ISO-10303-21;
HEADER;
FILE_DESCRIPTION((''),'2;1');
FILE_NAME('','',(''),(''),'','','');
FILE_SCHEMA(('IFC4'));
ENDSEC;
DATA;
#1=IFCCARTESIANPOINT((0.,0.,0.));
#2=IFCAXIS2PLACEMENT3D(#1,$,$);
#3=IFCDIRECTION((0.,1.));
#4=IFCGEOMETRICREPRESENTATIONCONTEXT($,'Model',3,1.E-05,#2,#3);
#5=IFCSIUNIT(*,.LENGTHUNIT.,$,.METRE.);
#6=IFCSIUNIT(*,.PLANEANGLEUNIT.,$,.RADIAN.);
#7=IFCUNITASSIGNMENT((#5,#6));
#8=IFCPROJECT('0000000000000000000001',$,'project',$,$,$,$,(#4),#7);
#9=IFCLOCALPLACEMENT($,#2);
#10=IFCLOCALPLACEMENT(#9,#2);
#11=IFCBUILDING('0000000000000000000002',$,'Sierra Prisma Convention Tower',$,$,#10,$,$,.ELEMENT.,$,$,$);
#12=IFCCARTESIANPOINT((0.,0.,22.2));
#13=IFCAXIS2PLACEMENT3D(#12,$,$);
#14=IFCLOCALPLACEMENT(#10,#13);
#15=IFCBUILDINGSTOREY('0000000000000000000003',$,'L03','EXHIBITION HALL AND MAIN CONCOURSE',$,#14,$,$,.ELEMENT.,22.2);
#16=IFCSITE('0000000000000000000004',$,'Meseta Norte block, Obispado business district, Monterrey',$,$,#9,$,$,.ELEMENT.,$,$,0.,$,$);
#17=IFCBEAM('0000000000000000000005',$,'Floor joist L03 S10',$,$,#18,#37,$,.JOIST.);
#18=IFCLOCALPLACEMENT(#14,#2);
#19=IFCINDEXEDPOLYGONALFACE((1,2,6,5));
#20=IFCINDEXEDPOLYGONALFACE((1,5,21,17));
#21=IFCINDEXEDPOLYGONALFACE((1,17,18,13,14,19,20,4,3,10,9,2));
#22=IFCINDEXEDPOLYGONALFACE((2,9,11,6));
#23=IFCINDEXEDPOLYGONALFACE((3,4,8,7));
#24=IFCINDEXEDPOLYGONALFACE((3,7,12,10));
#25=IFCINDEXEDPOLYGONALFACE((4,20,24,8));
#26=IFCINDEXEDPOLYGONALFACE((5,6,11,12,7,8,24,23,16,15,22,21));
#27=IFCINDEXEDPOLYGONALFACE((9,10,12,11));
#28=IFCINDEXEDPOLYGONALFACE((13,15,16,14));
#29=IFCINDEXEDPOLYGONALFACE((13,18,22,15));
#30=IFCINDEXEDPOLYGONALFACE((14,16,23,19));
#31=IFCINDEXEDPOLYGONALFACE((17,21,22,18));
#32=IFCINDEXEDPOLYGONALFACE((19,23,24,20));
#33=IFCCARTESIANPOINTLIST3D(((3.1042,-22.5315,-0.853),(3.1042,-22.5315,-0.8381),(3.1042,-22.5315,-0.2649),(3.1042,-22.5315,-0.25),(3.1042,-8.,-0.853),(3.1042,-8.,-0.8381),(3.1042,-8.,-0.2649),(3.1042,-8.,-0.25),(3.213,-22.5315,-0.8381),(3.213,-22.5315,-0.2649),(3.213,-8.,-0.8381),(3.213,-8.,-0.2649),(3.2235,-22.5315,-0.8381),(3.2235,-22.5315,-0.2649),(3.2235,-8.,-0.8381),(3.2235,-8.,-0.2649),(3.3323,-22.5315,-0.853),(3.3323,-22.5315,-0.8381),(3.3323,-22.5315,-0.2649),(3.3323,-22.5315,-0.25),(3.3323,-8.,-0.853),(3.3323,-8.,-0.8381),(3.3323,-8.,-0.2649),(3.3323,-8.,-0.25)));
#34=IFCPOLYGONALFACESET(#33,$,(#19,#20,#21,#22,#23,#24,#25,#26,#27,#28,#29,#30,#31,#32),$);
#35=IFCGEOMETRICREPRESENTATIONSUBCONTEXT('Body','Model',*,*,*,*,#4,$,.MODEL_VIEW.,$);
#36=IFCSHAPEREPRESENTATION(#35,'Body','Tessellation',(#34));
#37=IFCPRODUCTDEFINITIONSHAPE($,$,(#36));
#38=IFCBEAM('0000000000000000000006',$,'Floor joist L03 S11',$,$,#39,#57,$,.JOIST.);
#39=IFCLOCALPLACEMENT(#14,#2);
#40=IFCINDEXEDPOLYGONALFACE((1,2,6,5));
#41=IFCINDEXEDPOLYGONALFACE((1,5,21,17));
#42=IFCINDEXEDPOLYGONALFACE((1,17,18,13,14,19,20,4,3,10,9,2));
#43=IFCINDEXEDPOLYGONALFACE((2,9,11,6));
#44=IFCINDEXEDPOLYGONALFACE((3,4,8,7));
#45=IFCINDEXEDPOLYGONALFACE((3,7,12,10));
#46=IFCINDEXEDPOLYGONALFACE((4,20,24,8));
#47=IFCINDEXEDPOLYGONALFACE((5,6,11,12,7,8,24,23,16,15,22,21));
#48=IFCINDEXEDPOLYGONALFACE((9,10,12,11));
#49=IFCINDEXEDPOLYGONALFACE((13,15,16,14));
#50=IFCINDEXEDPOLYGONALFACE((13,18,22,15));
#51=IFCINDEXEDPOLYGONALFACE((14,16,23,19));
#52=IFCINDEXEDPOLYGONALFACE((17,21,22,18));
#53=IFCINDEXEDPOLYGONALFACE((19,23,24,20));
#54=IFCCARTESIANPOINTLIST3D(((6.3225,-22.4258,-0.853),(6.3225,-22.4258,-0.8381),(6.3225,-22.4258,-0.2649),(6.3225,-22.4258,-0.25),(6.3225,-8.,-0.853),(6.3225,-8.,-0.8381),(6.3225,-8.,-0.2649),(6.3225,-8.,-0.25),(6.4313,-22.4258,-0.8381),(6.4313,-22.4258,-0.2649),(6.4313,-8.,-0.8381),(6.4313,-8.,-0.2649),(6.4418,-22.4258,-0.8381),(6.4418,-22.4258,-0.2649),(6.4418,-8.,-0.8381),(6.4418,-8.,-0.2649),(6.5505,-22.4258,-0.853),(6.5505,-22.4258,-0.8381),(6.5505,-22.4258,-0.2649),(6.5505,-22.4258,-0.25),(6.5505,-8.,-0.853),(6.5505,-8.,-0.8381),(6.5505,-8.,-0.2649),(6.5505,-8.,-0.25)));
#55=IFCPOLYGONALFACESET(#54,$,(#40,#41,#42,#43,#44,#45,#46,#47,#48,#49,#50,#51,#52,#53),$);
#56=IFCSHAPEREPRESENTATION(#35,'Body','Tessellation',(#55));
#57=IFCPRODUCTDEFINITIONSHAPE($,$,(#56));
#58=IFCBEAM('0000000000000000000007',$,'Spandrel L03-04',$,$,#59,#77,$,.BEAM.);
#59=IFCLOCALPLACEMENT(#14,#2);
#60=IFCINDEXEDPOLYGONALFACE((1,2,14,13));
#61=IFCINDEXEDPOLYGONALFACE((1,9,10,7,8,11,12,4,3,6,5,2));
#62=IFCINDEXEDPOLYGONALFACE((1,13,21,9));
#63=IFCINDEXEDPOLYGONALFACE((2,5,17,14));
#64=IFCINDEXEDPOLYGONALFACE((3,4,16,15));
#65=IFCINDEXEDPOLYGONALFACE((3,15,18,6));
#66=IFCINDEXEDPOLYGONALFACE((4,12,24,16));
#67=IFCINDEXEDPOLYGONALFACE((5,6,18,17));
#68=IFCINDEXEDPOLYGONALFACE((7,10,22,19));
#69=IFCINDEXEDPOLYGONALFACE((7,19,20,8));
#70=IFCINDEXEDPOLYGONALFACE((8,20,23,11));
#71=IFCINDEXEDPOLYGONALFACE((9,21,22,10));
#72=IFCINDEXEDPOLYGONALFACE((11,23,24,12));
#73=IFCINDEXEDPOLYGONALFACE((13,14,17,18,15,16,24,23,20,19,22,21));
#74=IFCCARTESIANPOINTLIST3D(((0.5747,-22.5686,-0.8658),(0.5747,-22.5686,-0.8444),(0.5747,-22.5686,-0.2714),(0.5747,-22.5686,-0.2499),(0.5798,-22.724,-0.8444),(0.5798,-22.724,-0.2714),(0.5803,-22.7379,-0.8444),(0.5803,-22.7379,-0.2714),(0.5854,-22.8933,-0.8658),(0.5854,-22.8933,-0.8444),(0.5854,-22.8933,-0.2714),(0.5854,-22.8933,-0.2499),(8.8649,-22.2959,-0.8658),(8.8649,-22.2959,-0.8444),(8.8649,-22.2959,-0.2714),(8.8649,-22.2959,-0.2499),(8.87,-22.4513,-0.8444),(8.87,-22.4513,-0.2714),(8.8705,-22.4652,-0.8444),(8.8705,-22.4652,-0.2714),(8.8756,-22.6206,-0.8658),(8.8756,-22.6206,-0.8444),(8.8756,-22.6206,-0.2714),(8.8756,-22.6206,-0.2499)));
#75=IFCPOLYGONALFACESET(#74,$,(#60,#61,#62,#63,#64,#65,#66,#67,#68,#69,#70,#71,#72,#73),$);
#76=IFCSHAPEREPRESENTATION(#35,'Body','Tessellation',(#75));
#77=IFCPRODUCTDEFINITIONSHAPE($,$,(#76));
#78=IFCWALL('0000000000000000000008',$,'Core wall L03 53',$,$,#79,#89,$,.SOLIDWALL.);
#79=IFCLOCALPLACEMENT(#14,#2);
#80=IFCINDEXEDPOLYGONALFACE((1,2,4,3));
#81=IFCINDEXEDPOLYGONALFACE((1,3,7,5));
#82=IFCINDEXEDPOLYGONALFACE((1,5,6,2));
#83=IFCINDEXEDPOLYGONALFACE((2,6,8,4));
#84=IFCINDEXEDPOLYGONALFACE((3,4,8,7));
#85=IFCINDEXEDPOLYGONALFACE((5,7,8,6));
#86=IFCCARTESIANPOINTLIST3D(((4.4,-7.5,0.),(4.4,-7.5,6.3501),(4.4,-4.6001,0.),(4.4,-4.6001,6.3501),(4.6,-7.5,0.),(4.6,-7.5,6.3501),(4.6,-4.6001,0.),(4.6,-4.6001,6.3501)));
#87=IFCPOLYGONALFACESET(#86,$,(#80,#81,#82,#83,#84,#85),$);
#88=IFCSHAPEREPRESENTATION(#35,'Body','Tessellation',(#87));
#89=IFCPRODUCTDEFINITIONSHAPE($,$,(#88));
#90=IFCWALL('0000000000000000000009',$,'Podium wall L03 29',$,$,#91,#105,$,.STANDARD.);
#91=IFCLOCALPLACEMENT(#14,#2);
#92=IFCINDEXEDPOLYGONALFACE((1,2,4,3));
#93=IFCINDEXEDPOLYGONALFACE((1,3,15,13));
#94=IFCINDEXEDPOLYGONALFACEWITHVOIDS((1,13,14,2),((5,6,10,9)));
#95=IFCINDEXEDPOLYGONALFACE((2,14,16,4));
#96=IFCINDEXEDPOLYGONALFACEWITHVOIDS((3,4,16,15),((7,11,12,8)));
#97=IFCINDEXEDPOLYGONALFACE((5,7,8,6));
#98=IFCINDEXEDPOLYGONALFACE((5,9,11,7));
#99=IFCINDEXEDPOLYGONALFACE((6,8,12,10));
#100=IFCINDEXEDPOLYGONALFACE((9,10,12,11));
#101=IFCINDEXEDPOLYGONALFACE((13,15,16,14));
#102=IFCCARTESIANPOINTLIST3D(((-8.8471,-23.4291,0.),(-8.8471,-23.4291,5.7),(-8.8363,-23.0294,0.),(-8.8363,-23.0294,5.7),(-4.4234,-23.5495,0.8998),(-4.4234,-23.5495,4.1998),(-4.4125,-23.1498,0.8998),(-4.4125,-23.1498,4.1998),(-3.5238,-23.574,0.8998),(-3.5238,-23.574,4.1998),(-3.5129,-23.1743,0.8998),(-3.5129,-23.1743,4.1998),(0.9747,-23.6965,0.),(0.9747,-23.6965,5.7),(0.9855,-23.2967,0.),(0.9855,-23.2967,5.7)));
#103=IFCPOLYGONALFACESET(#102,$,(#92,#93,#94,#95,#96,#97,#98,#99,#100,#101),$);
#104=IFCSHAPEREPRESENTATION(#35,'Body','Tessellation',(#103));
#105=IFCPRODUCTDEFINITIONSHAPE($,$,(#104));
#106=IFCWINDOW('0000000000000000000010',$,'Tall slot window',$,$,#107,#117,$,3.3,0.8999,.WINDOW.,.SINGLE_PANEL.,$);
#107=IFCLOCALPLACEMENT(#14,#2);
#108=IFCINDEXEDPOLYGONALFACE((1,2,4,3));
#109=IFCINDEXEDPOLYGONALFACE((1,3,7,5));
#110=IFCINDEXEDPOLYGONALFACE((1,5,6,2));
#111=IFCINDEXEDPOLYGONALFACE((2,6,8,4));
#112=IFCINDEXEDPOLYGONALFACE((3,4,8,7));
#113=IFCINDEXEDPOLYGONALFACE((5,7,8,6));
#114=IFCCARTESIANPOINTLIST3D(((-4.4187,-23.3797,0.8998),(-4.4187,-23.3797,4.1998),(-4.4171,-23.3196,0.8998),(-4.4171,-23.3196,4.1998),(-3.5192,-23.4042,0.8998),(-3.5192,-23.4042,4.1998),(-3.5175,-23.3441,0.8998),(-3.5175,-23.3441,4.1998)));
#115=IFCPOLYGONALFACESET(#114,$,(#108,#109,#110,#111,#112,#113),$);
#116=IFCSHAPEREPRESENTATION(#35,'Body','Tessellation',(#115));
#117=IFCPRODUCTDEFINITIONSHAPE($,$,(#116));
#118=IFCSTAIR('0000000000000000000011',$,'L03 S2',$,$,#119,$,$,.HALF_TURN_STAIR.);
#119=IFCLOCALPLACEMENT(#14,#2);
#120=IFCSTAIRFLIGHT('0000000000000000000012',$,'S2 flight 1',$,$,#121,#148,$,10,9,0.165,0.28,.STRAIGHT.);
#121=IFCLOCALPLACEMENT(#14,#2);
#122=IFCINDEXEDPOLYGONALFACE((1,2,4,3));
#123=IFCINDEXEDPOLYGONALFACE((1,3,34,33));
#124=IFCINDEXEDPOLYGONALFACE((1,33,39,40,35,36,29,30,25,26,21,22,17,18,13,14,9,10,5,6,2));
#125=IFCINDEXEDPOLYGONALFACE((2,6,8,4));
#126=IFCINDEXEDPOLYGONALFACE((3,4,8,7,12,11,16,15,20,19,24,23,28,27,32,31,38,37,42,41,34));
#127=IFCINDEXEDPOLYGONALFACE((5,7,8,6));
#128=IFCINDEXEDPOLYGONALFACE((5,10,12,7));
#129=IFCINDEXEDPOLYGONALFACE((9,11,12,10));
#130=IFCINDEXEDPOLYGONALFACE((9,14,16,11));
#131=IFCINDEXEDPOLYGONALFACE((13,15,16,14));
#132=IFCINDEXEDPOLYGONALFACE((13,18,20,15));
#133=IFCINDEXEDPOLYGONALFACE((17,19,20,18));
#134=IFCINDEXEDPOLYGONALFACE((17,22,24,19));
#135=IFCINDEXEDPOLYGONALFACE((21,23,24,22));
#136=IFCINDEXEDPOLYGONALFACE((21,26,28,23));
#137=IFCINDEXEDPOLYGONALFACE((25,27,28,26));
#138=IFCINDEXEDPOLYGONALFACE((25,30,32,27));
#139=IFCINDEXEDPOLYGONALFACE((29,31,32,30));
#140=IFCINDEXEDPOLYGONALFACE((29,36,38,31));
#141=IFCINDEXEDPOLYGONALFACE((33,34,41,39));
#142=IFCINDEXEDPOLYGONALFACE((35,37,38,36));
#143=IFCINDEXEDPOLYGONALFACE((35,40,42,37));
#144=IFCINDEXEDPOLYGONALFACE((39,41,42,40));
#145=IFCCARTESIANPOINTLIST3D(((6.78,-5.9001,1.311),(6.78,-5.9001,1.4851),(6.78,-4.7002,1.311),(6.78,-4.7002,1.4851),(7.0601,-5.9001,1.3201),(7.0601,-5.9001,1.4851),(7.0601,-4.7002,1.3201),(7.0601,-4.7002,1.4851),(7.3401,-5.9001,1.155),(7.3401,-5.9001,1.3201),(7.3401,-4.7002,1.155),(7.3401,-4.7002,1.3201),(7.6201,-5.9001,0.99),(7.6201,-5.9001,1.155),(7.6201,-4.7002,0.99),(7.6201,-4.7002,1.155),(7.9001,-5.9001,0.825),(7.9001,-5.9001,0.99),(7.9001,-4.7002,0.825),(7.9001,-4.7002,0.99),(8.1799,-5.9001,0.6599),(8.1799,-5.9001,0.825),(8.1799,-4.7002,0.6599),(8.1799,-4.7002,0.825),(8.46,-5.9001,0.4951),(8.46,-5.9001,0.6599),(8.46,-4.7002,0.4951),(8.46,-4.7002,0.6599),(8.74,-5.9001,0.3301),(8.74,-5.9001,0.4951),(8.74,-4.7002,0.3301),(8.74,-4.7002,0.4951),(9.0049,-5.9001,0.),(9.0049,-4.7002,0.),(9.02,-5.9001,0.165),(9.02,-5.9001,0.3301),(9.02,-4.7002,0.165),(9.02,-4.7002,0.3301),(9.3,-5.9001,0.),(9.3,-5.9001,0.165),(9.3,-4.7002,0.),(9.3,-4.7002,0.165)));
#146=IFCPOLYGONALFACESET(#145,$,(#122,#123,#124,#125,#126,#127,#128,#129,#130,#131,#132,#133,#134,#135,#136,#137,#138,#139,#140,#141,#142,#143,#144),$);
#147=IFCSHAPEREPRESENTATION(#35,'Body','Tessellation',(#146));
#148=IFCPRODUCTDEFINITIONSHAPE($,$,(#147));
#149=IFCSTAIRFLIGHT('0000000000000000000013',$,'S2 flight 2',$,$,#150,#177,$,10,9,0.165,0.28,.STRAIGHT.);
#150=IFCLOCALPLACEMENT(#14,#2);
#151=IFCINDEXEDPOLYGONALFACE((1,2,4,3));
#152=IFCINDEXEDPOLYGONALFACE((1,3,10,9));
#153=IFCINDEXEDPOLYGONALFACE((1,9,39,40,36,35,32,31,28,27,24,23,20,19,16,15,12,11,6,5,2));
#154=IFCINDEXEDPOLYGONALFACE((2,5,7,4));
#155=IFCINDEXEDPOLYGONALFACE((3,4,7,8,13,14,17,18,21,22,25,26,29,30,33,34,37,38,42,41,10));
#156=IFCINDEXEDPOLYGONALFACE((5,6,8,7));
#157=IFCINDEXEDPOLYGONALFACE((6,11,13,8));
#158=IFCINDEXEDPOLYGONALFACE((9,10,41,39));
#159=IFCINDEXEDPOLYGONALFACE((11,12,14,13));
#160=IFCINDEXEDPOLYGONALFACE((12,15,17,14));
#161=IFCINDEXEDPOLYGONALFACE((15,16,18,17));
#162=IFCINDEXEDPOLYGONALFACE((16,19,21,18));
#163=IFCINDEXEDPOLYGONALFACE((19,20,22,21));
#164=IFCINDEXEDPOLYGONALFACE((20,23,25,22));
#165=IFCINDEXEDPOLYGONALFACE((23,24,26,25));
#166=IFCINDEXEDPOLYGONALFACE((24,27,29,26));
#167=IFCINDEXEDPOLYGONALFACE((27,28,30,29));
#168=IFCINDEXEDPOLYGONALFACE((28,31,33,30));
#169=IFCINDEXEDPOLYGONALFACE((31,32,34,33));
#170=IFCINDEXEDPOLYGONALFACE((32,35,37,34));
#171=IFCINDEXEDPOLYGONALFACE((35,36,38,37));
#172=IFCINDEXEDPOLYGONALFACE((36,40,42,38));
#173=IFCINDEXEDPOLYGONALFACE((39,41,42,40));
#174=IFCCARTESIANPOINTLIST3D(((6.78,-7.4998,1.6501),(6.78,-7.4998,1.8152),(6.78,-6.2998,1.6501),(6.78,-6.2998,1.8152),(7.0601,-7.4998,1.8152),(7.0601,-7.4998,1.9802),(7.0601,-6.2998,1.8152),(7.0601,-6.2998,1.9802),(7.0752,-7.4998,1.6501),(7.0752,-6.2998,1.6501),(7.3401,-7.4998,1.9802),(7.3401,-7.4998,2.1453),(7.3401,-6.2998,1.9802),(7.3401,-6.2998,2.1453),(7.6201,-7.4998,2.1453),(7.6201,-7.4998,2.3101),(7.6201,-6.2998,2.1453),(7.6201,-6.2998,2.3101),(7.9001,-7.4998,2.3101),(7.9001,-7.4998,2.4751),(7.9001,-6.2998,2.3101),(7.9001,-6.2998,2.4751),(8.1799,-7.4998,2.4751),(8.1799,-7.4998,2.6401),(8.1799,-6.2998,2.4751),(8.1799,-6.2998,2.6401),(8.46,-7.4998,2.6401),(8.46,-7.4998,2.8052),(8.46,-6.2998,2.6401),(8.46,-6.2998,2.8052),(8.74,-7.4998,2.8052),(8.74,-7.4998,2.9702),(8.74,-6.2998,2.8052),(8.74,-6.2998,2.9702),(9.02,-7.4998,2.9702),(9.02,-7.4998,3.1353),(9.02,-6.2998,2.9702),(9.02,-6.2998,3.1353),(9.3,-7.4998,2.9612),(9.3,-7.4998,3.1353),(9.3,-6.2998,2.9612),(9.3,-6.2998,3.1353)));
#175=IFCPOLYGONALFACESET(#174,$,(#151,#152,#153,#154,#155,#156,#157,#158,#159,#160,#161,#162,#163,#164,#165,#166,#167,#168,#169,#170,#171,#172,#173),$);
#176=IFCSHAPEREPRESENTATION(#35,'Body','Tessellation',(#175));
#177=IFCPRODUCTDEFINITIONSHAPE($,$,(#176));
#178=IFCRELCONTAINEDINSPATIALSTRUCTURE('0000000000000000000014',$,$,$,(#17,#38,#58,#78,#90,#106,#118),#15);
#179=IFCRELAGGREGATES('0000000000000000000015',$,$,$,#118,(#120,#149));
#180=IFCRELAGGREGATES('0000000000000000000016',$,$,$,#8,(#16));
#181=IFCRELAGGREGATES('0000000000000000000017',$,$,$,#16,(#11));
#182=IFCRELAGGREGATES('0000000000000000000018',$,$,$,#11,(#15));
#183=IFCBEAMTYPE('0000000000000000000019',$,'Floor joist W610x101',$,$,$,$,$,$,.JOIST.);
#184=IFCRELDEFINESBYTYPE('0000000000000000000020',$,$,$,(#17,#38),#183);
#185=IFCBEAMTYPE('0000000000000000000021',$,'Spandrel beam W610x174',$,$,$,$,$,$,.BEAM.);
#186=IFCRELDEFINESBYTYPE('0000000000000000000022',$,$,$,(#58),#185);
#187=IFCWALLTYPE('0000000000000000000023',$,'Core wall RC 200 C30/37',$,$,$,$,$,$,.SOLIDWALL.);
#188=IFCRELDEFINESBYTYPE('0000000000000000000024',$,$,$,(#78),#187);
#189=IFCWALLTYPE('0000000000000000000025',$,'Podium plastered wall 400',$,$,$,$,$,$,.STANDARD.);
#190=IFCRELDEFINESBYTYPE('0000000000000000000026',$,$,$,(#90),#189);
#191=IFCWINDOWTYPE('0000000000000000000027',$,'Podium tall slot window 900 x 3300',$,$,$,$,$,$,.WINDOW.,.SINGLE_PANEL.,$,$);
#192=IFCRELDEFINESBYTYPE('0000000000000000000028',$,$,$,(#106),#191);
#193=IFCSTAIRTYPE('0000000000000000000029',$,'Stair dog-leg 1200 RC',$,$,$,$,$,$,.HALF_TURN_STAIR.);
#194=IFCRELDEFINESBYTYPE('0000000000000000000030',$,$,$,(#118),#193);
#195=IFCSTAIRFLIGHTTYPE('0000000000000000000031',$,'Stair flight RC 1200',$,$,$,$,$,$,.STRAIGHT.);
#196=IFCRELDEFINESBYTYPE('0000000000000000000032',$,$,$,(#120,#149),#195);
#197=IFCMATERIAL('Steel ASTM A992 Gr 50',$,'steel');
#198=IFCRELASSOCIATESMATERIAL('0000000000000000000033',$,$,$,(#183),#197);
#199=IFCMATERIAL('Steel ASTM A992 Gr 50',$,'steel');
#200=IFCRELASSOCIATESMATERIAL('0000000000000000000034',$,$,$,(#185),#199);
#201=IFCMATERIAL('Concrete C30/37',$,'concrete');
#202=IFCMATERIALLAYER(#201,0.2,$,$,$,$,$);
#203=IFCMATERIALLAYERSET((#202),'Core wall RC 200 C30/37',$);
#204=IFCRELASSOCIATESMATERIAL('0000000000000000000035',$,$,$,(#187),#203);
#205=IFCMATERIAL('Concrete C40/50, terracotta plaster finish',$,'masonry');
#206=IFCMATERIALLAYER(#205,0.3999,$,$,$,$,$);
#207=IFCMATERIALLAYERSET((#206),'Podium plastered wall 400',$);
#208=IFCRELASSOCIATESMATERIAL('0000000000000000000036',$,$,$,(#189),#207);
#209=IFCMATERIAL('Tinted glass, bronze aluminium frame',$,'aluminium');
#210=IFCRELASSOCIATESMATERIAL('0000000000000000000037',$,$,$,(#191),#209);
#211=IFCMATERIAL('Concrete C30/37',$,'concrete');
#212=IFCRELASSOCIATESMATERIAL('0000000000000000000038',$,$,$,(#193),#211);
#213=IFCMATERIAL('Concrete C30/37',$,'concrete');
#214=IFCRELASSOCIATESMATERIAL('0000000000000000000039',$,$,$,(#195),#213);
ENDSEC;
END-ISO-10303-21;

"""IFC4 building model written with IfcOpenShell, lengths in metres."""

from ifc_helpers import new_model, si_unit, direction, frame, frame_2d, origin, origin_2d, place, context, subcontext, project, spatial, polyline, rectangle, i_section, outline, extrude, material, layer, layer_set, material_profile, profile_set, type_object, element, fill, aggregate, save


model = new_model("IFC4")

# Units and contexts
model_context = context("Model", 3, precision=1e-05, world=origin(), true_north=direction((0.0, 1.0)))
body_context = subcontext(model_context, "Body", "Model", "MODEL_VIEW")
ifc_project = project(units=[si_unit("LENGTHUNIT", "METRE"), si_unit("PLANEANGLEUNIT", "RADIAN")], contexts=[model_context])

# Site, building, storey
site_placement = place(None, origin())
site = spatial("IfcSite", under=ifc_project, at=site_placement, Name="Meseta Norte block, Obispado business district, Monterrey", CompositionType="ELEMENT", RefElevation=0.0)
building_placement = place(site_placement, origin())
building = spatial("IfcBuilding", under=site, at=building_placement, Name="Sierra Prisma Convention Tower", CompositionType="ELEMENT")
storey_placement = place(building_placement, frame((0.0, 0.0, 22.2)))
storey = spatial("IfcBuildingStorey", under=building, at=storey_placement, Name="L03", Description="EXHIBITION HALL AND MAIN CONCOURSE", CompositionType="ELEMENT", Elevation=22.2)

# Beams
ifc_material_1 = material(Name="Steel ASTM A992 Gr 50", Category="steel")
ifc_material_profile_1 = material_profile(ifc_material_1, i_section(OverallWidth=0.228, OverallDepth=0.603, WebThickness=0.0105, FlangeThickness=0.0149, at=origin_2d()), Name="W610x101")
ifc_profile_set_1 = profile_set([ifc_material_profile_1], Name="Steel ASTM A992 Gr 50")
beam_type_1 = type_object("IfcBeamType", Name="Floor joist W610x101", PredefinedType="JOIST", material=ifc_profile_set_1)
beam_1_placement = place(storey_placement, frame((3.2183, -22.5315, -0.5515), z_axis=(0.0, 1.0, 0.0), x_axis=(-1.0, 0.0, 0.0)))
element("IfcBeam", 1, at=beam_1_placement, inside=storey, type_object=beam_type_1, Name="Floor joist L03 S10", PredefinedType="JOIST", context=body_context, shape_type="SweptSolid", body=[
    extrude(i_section(OverallWidth=0.228, OverallDepth=0.603, WebThickness=0.0105, FlangeThickness=0.0149, at=origin_2d()), origin(), (0.0, 0.0, 1.0), 14.5315),
])
beam_2_placement = place(storey_placement, frame((6.4365, -22.4258, -0.5515), z_axis=(0.0, 1.0, 0.0), x_axis=(-1.0, 0.0, 0.0)))
element("IfcBeam", 2, at=beam_2_placement, inside=storey, type_object=beam_type_1, Name="Floor joist L03 S11", PredefinedType="JOIST", context=body_context, shape_type="SweptSolid", body=[
    extrude(i_section(OverallWidth=0.228, OverallDepth=0.603, WebThickness=0.0105, FlangeThickness=0.0149, at=origin_2d()), origin(), (0.0, 0.0, 1.0), 14.4258),
])
ifc_material_2 = material(Name="Steel ASTM A992 Gr 50", Category="steel")
ifc_material_profile_2 = material_profile(ifc_material_2, i_section(OverallWidth=0.325, OverallDepth=0.616, WebThickness=0.0139, FlangeThickness=0.0215, at=origin_2d()), Name="W610x174")
ifc_profile_set_2 = profile_set([ifc_material_profile_2], Name="Steel ASTM A992 Gr 50")
beam_type_2 = type_object("IfcBeamType", Name="Spandrel beam W610x174", PredefinedType="BEAM", material=ifc_profile_set_2)
beam_3_placement = place(storey_placement, frame((0.5801, -22.731, -0.5579), z_axis=(0.999459, 0.032877, 0.0), x_axis=(-0.032877, 0.999459, 0.0)))
element("IfcBeam", 3, at=beam_3_placement, inside=storey, type_object=beam_type_2, Name="Spandrel L03-04", PredefinedType="BEAM", context=body_context, shape_type="SweptSolid", body=[
    extrude(i_section(OverallWidth=0.325, OverallDepth=0.616, WebThickness=0.0139, FlangeThickness=0.0215, at=origin_2d()), origin(), (0.0, 0.0, 1.0), 8.2947),
])

# Wall
ifc_material_3 = material(Name="Concrete C30/37", Category="concrete")
ifc_layer_1 = layer(ifc_material_3, 0.2)
ifc_layer_set_1 = layer_set([ifc_layer_1], Name="Core wall RC 200 C30/37")
wall_type_1 = type_object("IfcWallType", Name="Core wall RC 200 C30/37", PredefinedType="SOLIDWALL", material=ifc_layer_set_1)
wall_1_placement = place(storey_placement, frame((4.5, -7.5, 0.0), z_axis=(0.0, 0.0, 1.0), x_axis=(0.0, 1.0, 0.0)))
element("IfcWall", 4, at=wall_1_placement, inside=storey, type_object=wall_type_1, Name="Core wall L03 53", PredefinedType="SOLIDWALL", context=body_context, shape_type="SweptSolid", body=[
    extrude(rectangle(XDim=2.8999, YDim=0.2, at=frame_2d((1.45, 0.0))), origin(), (0.0, 0.0, 1.0), 6.3501),
])

# Wall, opening, window
ifc_material_4 = material(Name="Concrete C40/50, terracotta plaster finish", Category="masonry")
ifc_layer_2 = layer(ifc_material_4, 0.3999)
ifc_layer_set_2 = layer_set([ifc_layer_2], Name="Podium plastered wall 400")
wall_type_2 = type_object("IfcWallType", Name="Podium plastered wall 400", PredefinedType="STANDARD", material=ifc_layer_set_2)
wall_2_placement = place(storey_placement, frame((0.98, -23.4966, 0.0), z_axis=(0.0, 0.0, 1.0), x_axis=(-0.99963, 0.027208, 0.0)))
wall_2 = element("IfcWall", 5, at=wall_2_placement, inside=storey, type_object=wall_type_2, Name="Podium wall L03 29", PredefinedType="STANDARD", context=body_context, shape_type="SweptSolid", body=[
    extrude(rectangle(XDim=9.8254, YDim=0.3999, at=frame_2d((4.9126, 0.0))), origin(), (0.0, 0.0, 1.0), 5.7),
])
opening_placement = place(wall_2_placement, frame((4.5, 0.0, 0.8999)))
opening = element("IfcOpeningElement", 6, at=opening_placement, cuts=wall_2, PredefinedType="OPENING", context=body_context, shape_type="SweptSolid", body=[
    extrude(rectangle(XDim=0.8999, YDim=3.3, at=frame_2d((0.45, 1.6499))), frame((0.0, 0.2, 0.0), z_axis=(0.0, -1.0, 0.0), x_axis=(1.0, 0.0, 0.0)), (0.0, 0.0, 1.0), 0.3999),
])
ifc_material_5 = material(Name="Tinted glass, bronze aluminium frame", Category="aluminium")
window_type = type_object("IfcWindowType", Name="Podium tall slot window 900 x 3300", PartitioningType="SINGLE_PANEL", PredefinedType="WINDOW", material=ifc_material_5)
window_placement = place(opening_placement, origin())
window = element("IfcWindow", 7, at=window_placement, inside=storey, type_object=window_type, Name="Tall slot window", OverallHeight=3.3, OverallWidth=0.8999, PartitioningType="SINGLE_PANEL", PredefinedType="WINDOW", context=body_context, shape_type="SweptSolid", body=[
    extrude(rectangle(XDim=0.8999, YDim=3.3, at=frame_2d((0.45, 1.6499))), frame((0.0, 0.03, 0.0), z_axis=(0.0, -1.0, 0.0), x_axis=(1.0, 0.0, 0.0)), (0.0, 0.0, 1.0), 0.0601),
])
fill(opening, window)

# Stair, stair flights
ifc_material_6 = material(Name="Concrete C30/37", Category="concrete")
stair_type = type_object("IfcStairType", Name="Stair dog-leg 1200 RC", PredefinedType="HALF_TURN_STAIR", material=ifc_material_6)
stair_placement = place(storey_placement, origin())
stair = element("IfcStair", 8, at=stair_placement, inside=storey, type_object=stair_type, Name="L03 S2", PredefinedType="HALF_TURN_STAIR")
ifc_material_7 = material(Name="Concrete C30/37", Category="concrete")
stair_flight_type = type_object("IfcStairFlightType", Name="Stair flight RC 1200", PredefinedType="STRAIGHT", material=ifc_material_7)
stair_flight_1_placement = place(storey_placement, frame((9.3, -5.3, 0.0), z_axis=(0.0, 0.0, 1.0), x_axis=(-1.0, 0.0, 0.0)))
stair_flight_1 = element("IfcStairFlight", 9, at=stair_flight_1_placement, type_object=stair_flight_type, Name="S2 flight 1", NumberOfRisers=10, NumberOfTreads=9, PredefinedType="STRAIGHT", RiserHeight=0.165, TreadLength=0.28, context=body_context, shape_type="SweptSolid", body=[
    extrude(outline(polyline([(0.0, 0.0), (0.0, 0.165), (0.28, 0.165), (0.28, 0.3301), (0.5601, 0.3301), (0.5601, 0.4951), (0.8401, 0.4951), (0.8401, 0.6599), (1.1201, 0.6599), (1.1201, 0.825), (1.3999, 0.825), (1.3999, 0.99), (1.6799, 0.99), (1.6799, 1.155), (1.96, 1.155), (1.96, 1.3201), (2.24, 1.3201), (2.24, 1.4851), (2.52, 1.4851), (2.52, 1.6499), (2.52, 1.311), (0.2952, 0.0), (0.0, 0.0)])), frame((0.0, 0.6001, 0.0), z_axis=(0.0, -1.0, 0.0), x_axis=(1.0, 0.0, 0.0)), (0.0, 0.0, 1.0), 1.2),
])
stair_flight_2_placement = place(storey_placement, frame((6.78, -6.8999, 1.6501), z_axis=(0.0, 0.0, 1.0), x_axis=(1.0, 0.0, 0.0)))
stair_flight_2 = element("IfcStairFlight", 10, at=stair_flight_2_placement, type_object=stair_flight_type, Name="S2 flight 2", NumberOfRisers=10, NumberOfTreads=9, PredefinedType="STRAIGHT", RiserHeight=0.165, TreadLength=0.28, context=body_context, shape_type="SweptSolid", body=[
    extrude(outline(polyline([(0.0, 0.0), (0.0, 0.165), (0.28, 0.165), (0.28, 0.3301), (0.5601, 0.3301), (0.5601, 0.4951), (0.8401, 0.4951), (0.8401, 0.6599), (1.1201, 0.6599), (1.1201, 0.825), (1.3999, 0.825), (1.3999, 0.99), (1.6799, 0.99), (1.6799, 1.155), (1.96, 1.155), (1.96, 1.3201), (2.24, 1.3201), (2.24, 1.4851), (2.52, 1.4851), (2.52, 1.6499), (2.52, 1.311), (0.2952, 0.0), (0.0, 0.0)])), frame((0.0, 0.6001, 0.0), z_axis=(0.0, -1.0, 0.0), x_axis=(1.0, 0.0, 0.0)), (0.0, 0.0, 1.0), 1.2),
])
aggregate(stair, [stair_flight_1, stair_flight_2])

save(model, "model.ifc")
